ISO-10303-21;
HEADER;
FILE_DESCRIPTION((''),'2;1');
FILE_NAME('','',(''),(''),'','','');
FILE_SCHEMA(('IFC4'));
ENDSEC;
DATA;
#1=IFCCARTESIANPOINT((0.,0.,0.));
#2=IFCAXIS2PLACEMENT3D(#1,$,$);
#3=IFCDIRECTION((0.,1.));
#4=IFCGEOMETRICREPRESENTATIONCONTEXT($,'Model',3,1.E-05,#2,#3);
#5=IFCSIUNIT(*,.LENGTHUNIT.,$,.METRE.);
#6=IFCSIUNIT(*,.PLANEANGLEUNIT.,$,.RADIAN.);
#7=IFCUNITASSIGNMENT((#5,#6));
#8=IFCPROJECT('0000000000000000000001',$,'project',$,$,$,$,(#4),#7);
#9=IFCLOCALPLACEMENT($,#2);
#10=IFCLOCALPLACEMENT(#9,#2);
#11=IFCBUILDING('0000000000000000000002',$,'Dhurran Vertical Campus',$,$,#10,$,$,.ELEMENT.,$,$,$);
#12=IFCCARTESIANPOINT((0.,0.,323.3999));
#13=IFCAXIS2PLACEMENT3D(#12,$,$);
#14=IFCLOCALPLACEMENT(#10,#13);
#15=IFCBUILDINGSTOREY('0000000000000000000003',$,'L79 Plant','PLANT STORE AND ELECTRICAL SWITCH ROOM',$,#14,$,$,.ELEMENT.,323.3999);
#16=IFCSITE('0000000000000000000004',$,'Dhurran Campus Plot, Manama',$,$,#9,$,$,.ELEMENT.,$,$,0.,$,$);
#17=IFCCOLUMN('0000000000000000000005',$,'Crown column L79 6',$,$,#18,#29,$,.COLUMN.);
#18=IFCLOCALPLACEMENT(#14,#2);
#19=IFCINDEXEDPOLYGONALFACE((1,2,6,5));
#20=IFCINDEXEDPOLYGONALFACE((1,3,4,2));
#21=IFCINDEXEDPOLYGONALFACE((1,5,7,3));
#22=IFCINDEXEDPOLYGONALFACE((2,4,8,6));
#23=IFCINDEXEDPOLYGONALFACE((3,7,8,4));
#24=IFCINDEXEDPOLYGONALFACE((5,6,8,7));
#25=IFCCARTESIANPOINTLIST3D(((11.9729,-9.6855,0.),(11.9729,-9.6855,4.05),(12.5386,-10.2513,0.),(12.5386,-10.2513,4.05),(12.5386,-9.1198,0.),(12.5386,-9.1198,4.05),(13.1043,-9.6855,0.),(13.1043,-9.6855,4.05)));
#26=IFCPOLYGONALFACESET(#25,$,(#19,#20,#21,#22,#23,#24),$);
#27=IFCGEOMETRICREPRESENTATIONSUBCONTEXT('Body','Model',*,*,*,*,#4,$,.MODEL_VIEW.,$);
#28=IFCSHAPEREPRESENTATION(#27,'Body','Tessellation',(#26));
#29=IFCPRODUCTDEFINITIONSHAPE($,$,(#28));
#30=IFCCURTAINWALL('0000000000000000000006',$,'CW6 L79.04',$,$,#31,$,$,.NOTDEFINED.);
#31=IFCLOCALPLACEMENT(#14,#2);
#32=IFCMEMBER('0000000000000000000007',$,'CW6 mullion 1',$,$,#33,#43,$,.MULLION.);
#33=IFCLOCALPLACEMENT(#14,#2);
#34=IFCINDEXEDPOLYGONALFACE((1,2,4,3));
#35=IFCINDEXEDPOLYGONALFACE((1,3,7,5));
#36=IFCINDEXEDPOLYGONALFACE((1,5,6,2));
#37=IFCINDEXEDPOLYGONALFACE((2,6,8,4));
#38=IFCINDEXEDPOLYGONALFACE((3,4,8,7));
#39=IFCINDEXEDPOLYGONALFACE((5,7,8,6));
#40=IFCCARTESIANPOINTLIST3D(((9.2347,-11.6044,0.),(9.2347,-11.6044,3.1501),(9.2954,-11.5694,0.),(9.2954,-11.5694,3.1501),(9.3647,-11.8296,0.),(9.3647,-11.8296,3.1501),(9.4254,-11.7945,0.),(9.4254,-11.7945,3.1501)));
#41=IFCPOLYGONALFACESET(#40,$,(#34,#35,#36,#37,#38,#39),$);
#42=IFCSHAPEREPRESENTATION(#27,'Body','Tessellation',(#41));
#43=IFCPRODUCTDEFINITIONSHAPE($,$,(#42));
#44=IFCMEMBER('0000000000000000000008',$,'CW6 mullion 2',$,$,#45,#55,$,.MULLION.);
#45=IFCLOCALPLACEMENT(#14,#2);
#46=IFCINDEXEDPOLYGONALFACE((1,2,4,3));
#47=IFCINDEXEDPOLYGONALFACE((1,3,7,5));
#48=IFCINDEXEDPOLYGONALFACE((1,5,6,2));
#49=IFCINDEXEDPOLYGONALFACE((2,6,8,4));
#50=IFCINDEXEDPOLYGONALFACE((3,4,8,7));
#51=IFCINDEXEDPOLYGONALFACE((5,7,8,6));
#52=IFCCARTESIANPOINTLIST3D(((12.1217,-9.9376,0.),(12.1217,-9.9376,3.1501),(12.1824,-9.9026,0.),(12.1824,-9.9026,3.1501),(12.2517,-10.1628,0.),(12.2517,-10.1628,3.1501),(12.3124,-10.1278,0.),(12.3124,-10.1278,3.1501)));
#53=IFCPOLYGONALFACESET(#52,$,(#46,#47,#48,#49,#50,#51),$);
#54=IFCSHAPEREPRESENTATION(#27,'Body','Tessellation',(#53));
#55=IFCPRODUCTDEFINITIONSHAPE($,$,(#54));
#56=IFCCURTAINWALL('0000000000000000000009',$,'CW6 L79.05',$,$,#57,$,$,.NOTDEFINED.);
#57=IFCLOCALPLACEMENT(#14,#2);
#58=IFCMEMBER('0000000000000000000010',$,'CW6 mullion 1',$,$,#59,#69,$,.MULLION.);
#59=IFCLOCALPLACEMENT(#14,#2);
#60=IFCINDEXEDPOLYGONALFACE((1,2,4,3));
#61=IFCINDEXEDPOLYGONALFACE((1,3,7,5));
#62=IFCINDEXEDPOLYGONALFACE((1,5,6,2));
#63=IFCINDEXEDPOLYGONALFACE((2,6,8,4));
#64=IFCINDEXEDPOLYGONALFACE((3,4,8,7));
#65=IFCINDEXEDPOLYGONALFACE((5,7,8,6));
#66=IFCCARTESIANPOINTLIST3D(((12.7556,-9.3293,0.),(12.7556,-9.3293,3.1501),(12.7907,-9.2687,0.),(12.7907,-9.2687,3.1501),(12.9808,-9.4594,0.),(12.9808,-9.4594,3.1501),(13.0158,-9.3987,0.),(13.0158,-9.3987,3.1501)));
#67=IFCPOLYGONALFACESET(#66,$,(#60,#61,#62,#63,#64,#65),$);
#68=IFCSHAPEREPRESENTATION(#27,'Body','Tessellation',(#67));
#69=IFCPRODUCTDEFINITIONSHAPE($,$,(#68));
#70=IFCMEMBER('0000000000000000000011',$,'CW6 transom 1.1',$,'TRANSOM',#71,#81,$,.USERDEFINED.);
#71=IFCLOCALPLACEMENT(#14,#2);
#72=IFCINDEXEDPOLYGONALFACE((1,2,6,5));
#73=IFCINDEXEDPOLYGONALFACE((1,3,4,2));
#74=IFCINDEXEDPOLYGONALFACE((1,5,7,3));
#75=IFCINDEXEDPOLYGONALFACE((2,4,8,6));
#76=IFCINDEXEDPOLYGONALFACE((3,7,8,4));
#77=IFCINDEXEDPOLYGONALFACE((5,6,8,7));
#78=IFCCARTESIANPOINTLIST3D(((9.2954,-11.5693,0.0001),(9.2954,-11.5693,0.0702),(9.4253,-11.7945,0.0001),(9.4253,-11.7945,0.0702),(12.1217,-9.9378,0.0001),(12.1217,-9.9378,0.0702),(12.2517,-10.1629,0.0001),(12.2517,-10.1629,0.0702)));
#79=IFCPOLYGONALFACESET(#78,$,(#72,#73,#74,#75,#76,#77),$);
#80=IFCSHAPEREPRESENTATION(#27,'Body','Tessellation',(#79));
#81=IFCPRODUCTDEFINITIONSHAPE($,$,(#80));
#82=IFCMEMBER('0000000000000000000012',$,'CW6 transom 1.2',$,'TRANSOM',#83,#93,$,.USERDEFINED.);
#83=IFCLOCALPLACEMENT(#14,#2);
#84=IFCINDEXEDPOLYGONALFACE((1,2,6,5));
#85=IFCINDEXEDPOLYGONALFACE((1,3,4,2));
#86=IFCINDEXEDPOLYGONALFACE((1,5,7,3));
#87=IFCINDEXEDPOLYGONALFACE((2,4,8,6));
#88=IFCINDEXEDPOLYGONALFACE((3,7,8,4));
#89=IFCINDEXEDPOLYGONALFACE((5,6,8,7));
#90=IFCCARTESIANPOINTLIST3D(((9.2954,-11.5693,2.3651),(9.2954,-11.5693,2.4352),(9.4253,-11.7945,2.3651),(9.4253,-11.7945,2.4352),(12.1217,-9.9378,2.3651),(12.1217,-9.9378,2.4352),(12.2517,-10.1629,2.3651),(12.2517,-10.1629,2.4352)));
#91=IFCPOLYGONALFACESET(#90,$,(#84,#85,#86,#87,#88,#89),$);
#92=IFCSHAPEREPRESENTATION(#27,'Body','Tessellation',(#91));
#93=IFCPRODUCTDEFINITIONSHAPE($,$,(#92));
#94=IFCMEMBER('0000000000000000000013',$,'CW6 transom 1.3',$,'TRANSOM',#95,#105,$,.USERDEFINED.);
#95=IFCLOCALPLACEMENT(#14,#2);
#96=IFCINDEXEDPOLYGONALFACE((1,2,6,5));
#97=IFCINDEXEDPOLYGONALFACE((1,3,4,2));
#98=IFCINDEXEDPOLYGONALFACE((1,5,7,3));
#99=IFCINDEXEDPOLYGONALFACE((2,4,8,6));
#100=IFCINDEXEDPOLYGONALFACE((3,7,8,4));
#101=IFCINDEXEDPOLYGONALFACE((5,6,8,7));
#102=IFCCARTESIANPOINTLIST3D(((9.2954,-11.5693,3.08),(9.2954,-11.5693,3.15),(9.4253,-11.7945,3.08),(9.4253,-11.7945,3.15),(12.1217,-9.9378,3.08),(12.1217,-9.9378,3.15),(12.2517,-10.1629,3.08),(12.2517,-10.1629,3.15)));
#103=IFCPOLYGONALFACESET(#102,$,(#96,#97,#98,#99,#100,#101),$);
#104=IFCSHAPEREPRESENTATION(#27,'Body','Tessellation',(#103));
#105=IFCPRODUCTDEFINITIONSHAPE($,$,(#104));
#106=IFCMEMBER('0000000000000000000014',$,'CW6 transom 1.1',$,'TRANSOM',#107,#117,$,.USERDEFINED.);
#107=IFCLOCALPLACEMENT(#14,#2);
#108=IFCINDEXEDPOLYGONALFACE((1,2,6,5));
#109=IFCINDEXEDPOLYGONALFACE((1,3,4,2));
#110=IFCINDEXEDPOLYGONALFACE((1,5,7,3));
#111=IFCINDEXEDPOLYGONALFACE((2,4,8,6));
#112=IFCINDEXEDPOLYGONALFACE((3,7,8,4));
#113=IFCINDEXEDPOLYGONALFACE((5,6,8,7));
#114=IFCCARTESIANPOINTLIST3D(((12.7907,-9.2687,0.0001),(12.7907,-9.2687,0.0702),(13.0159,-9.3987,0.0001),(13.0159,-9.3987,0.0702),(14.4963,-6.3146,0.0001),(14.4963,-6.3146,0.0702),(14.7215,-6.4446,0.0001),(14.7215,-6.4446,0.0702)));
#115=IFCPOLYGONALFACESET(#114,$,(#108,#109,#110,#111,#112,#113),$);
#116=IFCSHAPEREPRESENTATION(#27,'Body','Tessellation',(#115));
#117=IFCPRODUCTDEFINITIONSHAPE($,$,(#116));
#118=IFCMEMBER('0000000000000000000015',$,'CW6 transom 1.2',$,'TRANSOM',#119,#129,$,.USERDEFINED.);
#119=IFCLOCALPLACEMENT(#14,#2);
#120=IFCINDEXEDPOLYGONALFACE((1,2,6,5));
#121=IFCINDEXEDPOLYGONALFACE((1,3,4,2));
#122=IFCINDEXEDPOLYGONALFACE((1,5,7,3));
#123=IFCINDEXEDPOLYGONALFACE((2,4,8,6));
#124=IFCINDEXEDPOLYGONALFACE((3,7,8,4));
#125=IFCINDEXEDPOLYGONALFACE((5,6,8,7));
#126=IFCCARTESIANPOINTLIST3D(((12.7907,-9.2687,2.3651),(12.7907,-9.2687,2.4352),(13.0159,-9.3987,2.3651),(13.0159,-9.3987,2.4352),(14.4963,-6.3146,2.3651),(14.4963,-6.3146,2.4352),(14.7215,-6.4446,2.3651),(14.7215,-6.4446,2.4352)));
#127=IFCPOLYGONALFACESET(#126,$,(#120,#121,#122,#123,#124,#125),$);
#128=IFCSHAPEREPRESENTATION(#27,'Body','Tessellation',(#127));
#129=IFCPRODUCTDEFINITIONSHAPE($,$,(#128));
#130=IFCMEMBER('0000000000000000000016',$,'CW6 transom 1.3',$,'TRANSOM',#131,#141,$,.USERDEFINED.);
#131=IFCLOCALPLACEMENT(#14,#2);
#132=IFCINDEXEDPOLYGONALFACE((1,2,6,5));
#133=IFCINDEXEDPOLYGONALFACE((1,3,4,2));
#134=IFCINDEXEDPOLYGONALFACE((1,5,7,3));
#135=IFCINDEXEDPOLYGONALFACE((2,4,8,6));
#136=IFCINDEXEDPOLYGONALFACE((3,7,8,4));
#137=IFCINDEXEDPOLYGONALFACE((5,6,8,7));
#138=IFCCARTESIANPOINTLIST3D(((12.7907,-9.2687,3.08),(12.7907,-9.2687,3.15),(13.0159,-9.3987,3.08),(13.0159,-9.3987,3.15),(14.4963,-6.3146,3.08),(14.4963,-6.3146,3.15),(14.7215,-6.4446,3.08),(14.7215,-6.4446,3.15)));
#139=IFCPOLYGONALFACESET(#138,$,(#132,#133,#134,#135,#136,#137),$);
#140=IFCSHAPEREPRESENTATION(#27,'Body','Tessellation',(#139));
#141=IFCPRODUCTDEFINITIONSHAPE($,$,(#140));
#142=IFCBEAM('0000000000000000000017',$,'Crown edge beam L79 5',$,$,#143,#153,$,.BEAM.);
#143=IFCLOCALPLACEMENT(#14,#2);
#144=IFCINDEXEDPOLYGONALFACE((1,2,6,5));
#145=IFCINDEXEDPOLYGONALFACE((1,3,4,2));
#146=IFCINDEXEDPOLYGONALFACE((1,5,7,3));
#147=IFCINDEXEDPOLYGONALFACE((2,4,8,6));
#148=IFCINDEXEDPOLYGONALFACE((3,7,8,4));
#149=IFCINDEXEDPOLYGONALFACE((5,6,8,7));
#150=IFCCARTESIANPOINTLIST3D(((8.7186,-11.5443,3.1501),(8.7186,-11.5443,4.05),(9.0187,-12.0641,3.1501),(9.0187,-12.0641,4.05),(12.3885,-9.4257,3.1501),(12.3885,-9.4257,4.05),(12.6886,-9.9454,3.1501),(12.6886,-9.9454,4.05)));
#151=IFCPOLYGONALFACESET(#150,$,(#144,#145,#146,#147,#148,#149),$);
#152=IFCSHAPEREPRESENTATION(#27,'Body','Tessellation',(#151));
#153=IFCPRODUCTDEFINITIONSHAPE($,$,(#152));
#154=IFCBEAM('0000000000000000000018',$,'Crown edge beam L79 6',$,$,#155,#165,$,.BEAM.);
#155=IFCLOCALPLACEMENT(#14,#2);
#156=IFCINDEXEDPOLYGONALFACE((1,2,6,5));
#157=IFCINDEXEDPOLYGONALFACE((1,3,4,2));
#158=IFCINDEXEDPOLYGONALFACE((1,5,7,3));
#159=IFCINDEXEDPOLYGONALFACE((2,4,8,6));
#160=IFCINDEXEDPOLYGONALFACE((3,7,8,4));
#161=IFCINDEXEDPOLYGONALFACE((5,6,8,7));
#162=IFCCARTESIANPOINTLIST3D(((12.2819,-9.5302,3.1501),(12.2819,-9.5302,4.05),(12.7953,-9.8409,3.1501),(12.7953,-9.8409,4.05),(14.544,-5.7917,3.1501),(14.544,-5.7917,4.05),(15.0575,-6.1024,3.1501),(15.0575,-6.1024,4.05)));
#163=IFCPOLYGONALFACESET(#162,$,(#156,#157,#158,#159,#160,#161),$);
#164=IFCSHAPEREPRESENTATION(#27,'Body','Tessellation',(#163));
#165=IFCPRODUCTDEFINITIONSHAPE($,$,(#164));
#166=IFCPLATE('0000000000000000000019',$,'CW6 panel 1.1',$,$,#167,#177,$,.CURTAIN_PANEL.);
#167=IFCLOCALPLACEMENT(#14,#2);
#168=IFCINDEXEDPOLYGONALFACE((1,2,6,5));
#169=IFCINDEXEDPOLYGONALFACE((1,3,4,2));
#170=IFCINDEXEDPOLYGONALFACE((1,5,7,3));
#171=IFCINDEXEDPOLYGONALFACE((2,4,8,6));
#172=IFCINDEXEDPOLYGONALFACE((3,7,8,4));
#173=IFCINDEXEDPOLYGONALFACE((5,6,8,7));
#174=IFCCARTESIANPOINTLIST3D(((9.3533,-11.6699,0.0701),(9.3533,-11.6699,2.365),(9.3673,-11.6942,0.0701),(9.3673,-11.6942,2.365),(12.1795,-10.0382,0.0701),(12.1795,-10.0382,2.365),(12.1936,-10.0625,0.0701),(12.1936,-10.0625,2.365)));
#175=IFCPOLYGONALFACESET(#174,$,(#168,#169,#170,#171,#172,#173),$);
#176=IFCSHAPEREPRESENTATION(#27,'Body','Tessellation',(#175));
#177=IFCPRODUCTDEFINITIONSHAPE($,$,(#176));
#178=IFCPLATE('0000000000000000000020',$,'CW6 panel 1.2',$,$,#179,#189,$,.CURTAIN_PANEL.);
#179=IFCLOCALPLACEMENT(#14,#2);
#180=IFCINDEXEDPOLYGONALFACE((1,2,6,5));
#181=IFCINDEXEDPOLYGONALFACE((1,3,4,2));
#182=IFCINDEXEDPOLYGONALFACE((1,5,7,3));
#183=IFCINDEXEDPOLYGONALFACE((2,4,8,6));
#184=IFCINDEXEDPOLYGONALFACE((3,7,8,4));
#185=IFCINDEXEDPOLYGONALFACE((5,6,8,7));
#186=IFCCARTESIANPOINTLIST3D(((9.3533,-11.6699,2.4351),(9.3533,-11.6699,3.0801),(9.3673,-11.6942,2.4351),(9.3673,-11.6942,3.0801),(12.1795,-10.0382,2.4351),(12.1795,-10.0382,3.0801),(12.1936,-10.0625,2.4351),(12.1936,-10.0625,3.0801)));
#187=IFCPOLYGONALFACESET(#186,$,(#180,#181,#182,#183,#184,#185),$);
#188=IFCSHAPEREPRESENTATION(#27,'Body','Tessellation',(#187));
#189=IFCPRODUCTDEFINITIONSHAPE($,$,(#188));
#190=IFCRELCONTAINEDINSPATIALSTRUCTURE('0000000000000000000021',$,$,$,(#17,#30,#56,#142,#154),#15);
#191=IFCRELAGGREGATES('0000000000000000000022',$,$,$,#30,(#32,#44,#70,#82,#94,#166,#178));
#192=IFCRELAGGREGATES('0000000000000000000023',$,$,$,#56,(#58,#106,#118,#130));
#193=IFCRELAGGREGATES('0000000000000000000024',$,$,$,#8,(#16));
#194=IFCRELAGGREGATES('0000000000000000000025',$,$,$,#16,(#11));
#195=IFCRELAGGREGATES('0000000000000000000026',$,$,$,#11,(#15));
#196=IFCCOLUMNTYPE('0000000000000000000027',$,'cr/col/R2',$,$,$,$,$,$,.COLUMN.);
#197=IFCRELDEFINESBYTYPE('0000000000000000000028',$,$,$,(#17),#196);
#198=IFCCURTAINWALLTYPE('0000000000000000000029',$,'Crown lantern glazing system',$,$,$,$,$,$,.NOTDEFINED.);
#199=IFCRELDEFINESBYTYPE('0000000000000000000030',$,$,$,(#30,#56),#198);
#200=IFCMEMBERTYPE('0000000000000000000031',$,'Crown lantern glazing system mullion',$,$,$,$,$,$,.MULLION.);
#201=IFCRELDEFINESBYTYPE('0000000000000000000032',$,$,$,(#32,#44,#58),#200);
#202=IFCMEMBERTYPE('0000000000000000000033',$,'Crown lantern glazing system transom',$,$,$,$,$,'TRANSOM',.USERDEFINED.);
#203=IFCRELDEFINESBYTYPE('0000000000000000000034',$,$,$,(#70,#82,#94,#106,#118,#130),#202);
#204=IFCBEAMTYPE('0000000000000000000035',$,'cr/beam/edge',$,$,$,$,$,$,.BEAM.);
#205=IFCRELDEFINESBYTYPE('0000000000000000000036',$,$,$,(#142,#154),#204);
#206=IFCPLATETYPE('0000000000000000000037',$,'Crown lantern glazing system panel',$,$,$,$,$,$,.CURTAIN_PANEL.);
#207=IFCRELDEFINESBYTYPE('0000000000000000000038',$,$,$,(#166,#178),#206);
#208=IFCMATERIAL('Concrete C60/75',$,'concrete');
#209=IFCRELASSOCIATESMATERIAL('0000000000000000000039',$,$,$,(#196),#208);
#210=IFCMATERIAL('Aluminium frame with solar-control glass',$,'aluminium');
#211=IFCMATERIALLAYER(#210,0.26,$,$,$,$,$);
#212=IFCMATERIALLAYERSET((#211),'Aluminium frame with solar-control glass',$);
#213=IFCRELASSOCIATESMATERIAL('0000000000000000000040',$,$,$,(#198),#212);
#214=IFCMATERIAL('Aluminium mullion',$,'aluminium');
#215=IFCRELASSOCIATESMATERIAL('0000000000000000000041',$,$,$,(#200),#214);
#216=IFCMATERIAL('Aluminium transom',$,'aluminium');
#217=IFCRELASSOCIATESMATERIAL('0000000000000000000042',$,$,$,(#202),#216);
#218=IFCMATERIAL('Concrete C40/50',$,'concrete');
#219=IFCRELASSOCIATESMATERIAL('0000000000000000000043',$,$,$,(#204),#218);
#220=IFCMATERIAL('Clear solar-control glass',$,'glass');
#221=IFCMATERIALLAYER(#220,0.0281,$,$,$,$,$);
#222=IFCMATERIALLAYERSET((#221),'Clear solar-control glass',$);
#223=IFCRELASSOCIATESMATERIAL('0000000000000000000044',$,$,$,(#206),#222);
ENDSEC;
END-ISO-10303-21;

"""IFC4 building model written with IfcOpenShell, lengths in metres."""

from ifc_helpers import new_model, si_unit, direction, frame, origin, origin_2d, place, context, subcontext, project, spatial, rectangle, extrude, material, layer, layer_set, material_profile, profile_set, type_object, element, aggregate, save


model = new_model("IFC4")

# Units and contexts
model_context = context("Model", 3, precision=1e-05, world=origin(), true_north=direction((0.0, 1.0)))
body_context = subcontext(model_context, "Body", "Model", "MODEL_VIEW")
ifc_project = project(units=[si_unit("LENGTHUNIT", "METRE"), si_unit("PLANEANGLEUNIT", "RADIAN")], contexts=[model_context])

# Site, building, storey
site_placement = place(None, origin())
site = spatial("IfcSite", under=ifc_project, at=site_placement, Name="Dhurran Campus Plot, Manama", CompositionType="ELEMENT", RefElevation=0.0)
building_placement = place(site_placement, origin())
building = spatial("IfcBuilding", under=site, at=building_placement, Name="Dhurran Vertical Campus", CompositionType="ELEMENT")
storey_placement = place(building_placement, frame((0.0, 0.0, 323.3999)))
storey = spatial("IfcBuildingStorey", under=building, at=storey_placement, Name="L79 Plant", Description="PLANT STORE AND ELECTRICAL SWITCH ROOM", CompositionType="ELEMENT", Elevation=323.3999)

# Column
ifc_material_1 = material(Name="Concrete C60/75", Category="concrete")
ifc_material_profile_1 = material_profile(ifc_material_1, rectangle(XDim=0.8, YDim=0.8, at=origin_2d()), Name="cr/col/R2")
ifc_profile_set_1 = profile_set([ifc_material_profile_1], Name="Concrete C60/75")
column_type = type_object("IfcColumnType", Name="cr/col/R2", PredefinedType="COLUMN", material=ifc_profile_set_1)
column_placement = place(storey_placement, frame((12.5386, -9.6855, 0.0), z_axis=(0.0, 0.0, 1.0), x_axis=(0.707107, 0.707107, 0.0)))
element("IfcColumn", 1, at=column_placement, inside=storey, type_object=column_type, Name="Crown column L79 6", PredefinedType="COLUMN", context=body_context, shape_type="SweptSolid", body=[
    extrude(rectangle(XDim=0.8, YDim=0.8, at=origin_2d()), origin(), (0.0, 0.0, 1.0), 4.05),
])

# Curtain wall, members
ifc_material_2 = material(Name="Aluminium frame with solar-control glass", Category="aluminium")
ifc_layer_1 = layer(ifc_material_2, 0.26)
ifc_layer_set_1 = layer_set([ifc_layer_1], Name="Aluminium frame with solar-control glass")
curtain_wall_type = type_object("IfcCurtainWallType", Name="Crown lantern glazing system", PredefinedType="NOTDEFINED", material=ifc_layer_set_1)
curtain_wall_1_placement = place(storey_placement, origin())
curtain_wall_1 = element("IfcCurtainWall", 2, at=curtain_wall_1_placement, inside=storey, type_object=curtain_wall_type, Name="CW6 L79.04", PredefinedType="NOTDEFINED")
ifc_material_3 = material(Name="Aluminium mullion", Category="aluminium")
ifc_material_profile_2 = material_profile(ifc_material_3, rectangle(XDim=0.26, YDim=0.0701, at=origin_2d()), Name="Crown lantern glazing system mullion")
ifc_profile_set_2 = profile_set([ifc_material_profile_2], Name="Aluminium mullion")
member_type_1 = type_object("IfcMemberType", Name="Crown lantern glazing system mullion", PredefinedType="MULLION", material=ifc_profile_set_2)
member_1_placement = place(storey_placement, frame((9.3301, -11.6995, 0.0), z_axis=(0.0, 0.0, 1.0), x_axis=(-0.499991, 0.86603, 0.0)))
member_1 = element("IfcMember", 3, at=member_1_placement, type_object=member_type_1, Name="CW6 mullion 1", PredefinedType="MULLION", context=body_context, shape_type="SweptSolid", body=[
    extrude(rectangle(XDim=0.26, YDim=0.0701, at=origin_2d()), origin(), (0.0, 0.0, 1.0), 3.1501),
])
member_2_placement = place(storey_placement, frame((12.217, -10.0327, 0.0), z_axis=(0.0, 0.0, 1.0), x_axis=(-0.499991, 0.86603, 0.0)))
member_2 = element("IfcMember", 4, at=member_2_placement, type_object=member_type_1, Name="CW6 mullion 2", PredefinedType="MULLION", context=body_context, shape_type="SweptSolid", body=[
    extrude(rectangle(XDim=0.26, YDim=0.0701, at=origin_2d()), origin(), (0.0, 0.0, 1.0), 3.1501),
])

# Curtain wall, member
curtain_wall_2_placement = place(storey_placement, origin())
curtain_wall_2 = element("IfcCurtainWall", 5, at=curtain_wall_2_placement, inside=storey, type_object=curtain_wall_type, Name="CW6 L79.05", PredefinedType="NOTDEFINED")
member_3_placement = place(storey_placement, frame((12.8857, -9.364, 0.0), z_axis=(0.0, 0.0, 1.0), x_axis=(-0.866016, 0.500016, 0.0)))
member_3 = element("IfcMember", 6, at=member_3_placement, type_object=member_type_1, Name="CW6 mullion 1", PredefinedType="MULLION", context=body_context, shape_type="SweptSolid", body=[
    extrude(rectangle(XDim=0.26, YDim=0.0701, at=origin_2d()), origin(), (0.0, 0.0, 1.0), 3.1501),
])

# Members
ifc_material_4 = material(Name="Aluminium transom", Category="aluminium")
ifc_material_profile_3 = material_profile(ifc_material_4, rectangle(XDim=0.26, YDim=0.0701, at=origin_2d()), Name="Crown lantern glazing system transom")
ifc_profile_set_3 = profile_set([ifc_material_profile_3], Name="Aluminium transom")
member_type_2 = type_object("IfcMemberType", Name="Crown lantern glazing system transom", ElementType="TRANSOM", PredefinedType="USERDEFINED", material=ifc_profile_set_3)
member_4_placement = place(storey_placement, frame((9.3604, -11.6819, 0.0352), z_axis=(0.866057, 0.499945, 0.0), x_axis=(-0.499945, 0.866057, 0.0)))
member_4 = element("IfcMember", 7, at=member_4_placement, type_object=member_type_2, Name="CW6 transom 1.1", ObjectType="TRANSOM", PredefinedType="USERDEFINED", context=body_context, shape_type="SweptSolid", body=[
    extrude(rectangle(XDim=0.26, YDim=0.0701, at=origin_2d()), origin(), (0.0, 0.0, 1.0), 3.2634),
])
member_5_placement = place(storey_placement, frame((9.3604, -11.6819, 2.4001), z_axis=(0.866057, 0.499945, 0.0), x_axis=(-0.499945, 0.866057, 0.0)))
member_5 = element("IfcMember", 8, at=member_5_placement, type_object=member_type_2, Name="CW6 transom 1.2", ObjectType="TRANSOM", PredefinedType="USERDEFINED", context=body_context, shape_type="SweptSolid", body=[
    extrude(rectangle(XDim=0.26, YDim=0.0701, at=origin_2d()), origin(), (0.0, 0.0, 1.0), 3.2634),
])
member_6_placement = place(storey_placement, frame((9.3604, -11.6819, 3.115), z_axis=(0.866057, 0.499945, 0.0), x_axis=(-0.499945, 0.866057, 0.0)))
member_6 = element("IfcMember", 9, at=member_6_placement, type_object=member_type_2, Name="CW6 transom 1.3", ObjectType="TRANSOM", PredefinedType="USERDEFINED", context=body_context, shape_type="SweptSolid", body=[
    extrude(rectangle(XDim=0.26, YDim=0.0701, at=origin_2d()), origin(), (0.0, 0.0, 1.0), 3.2634),
])
member_7_placement = place(storey_placement, frame((12.9033, -9.3337, 0.0352), z_axis=(0.500003, 0.866023, 0.0), x_axis=(-0.866023, 0.500003, 0.0)))
member_7 = element("IfcMember", 10, at=member_7_placement, type_object=member_type_2, Name="CW6 transom 1.1", ObjectType="TRANSOM", PredefinedType="USERDEFINED", context=body_context, shape_type="SweptSolid", body=[
    extrude(rectangle(XDim=0.26, YDim=0.0701, at=origin_2d()), origin(), (0.0, 0.0, 1.0), 3.4111),
])
member_8_placement = place(storey_placement, frame((12.9033, -9.3337, 2.4001), z_axis=(0.500003, 0.866023, 0.0), x_axis=(-0.866023, 0.500003, 0.0)))
member_8 = element("IfcMember", 11, at=member_8_placement, type_object=member_type_2, Name="CW6 transom 1.2", ObjectType="TRANSOM", PredefinedType="USERDEFINED", context=body_context, shape_type="SweptSolid", body=[
    extrude(rectangle(XDim=0.26, YDim=0.0701, at=origin_2d()), origin(), (0.0, 0.0, 1.0), 3.4111),
])
member_9_placement = place(storey_placement, frame((12.9033, -9.3337, 3.115), z_axis=(0.500003, 0.866023, 0.0), x_axis=(-0.866023, 0.500003, 0.0)))
member_9 = element("IfcMember", 12, at=member_9_placement, type_object=member_type_2, Name="CW6 transom 1.3", ObjectType="TRANSOM", PredefinedType="USERDEFINED", context=body_context, shape_type="SweptSolid", body=[
    extrude(rectangle(XDim=0.26, YDim=0.0701, at=origin_2d()), origin(), (0.0, 0.0, 1.0), 3.4111),
])

# Beams
ifc_material_5 = material(Name="Concrete C40/50", Category="concrete")
ifc_material_profile_4 = material_profile(ifc_material_5, rectangle(XDim=0.6001, YDim=0.8999, at=origin_2d()), Name="cr/beam/edge")
ifc_profile_set_4 = profile_set([ifc_material_profile_4], Name="Concrete C40/50")
beam_type = type_object("IfcBeamType", Name="cr/beam/edge", PredefinedType="BEAM", material=ifc_profile_set_4)
beam_1_placement = place(storey_placement, frame((8.8687, -11.8042, 3.6001), z_axis=(0.866044, 0.499968, 0.0), x_axis=(-0.499968, 0.866044, 0.0)))
element("IfcBeam", 13, at=beam_1_placement, inside=storey, type_object=beam_type, Name="Crown edge beam L79 5", PredefinedType="BEAM", context=body_context, shape_type="SweptSolid", body=[
    extrude(rectangle(XDim=0.6001, YDim=0.8999, at=origin_2d()), origin(), (0.0, 0.0, 1.0), 4.2375),
])
beam_2_placement = place(storey_placement, frame((12.5386, -9.6855, 3.6001), z_axis=(0.517705, 0.855559, 0.0), x_axis=(-0.855559, 0.517705, 0.0)))
element("IfcBeam", 14, at=beam_2_placement, inside=storey, type_object=beam_type, Name="Crown edge beam L79 6", PredefinedType="BEAM", context=body_context, shape_type="SweptSolid", body=[
    extrude(rectangle(XDim=0.6001, YDim=0.8999, at=origin_2d()), origin(), (0.0, 0.0, 1.0), 4.3696),
])

# Plates
ifc_material_6 = material(Name="Clear solar-control glass", Category="glass")
ifc_layer_2 = layer(ifc_material_6, 0.0281)
ifc_layer_set_2 = layer_set([ifc_layer_2], Name="Clear solar-control glass")
plate_type = type_object("IfcPlateType", Name="Crown lantern glazing system panel", PredefinedType="CURTAIN_PANEL", material=ifc_layer_set_2)
plate_1_placement = place(storey_placement, frame((10.7734, -10.8662, 0.0701), z_axis=(0.0, 0.0, 1.0), x_axis=(0.86603, 0.499991, 0.0)))
plate_1 = element("IfcPlate", 15, at=plate_1_placement, type_object=plate_type, Name="CW6 panel 1.1", PredefinedType="CURTAIN_PANEL", context=body_context, shape_type="SweptSolid", body=[
    extrude(rectangle(XDim=3.2634, YDim=0.0281, at=origin_2d()), origin(), (0.0, 0.0, 1.0), 2.2949),
])
plate_2_placement = place(storey_placement, frame((10.7734, -10.8662, 2.4351), z_axis=(0.0, 0.0, 1.0), x_axis=(0.86603, 0.499991, 0.0)))
plate_2 = element("IfcPlate", 16, at=plate_2_placement, type_object=plate_type, Name="CW6 panel 1.2", PredefinedType="CURTAIN_PANEL", context=body_context, shape_type="SweptSolid", body=[
    extrude(rectangle(XDim=3.2634, YDim=0.0281, at=origin_2d()), origin(), (0.0, 0.0, 1.0), 0.645),
])
aggregate(curtain_wall_1, [member_1, member_2, member_4, member_5, member_6, plate_1, plate_2])
aggregate(curtain_wall_2, [member_3, member_7, member_8, member_9])

save(model, "model.ifc")
